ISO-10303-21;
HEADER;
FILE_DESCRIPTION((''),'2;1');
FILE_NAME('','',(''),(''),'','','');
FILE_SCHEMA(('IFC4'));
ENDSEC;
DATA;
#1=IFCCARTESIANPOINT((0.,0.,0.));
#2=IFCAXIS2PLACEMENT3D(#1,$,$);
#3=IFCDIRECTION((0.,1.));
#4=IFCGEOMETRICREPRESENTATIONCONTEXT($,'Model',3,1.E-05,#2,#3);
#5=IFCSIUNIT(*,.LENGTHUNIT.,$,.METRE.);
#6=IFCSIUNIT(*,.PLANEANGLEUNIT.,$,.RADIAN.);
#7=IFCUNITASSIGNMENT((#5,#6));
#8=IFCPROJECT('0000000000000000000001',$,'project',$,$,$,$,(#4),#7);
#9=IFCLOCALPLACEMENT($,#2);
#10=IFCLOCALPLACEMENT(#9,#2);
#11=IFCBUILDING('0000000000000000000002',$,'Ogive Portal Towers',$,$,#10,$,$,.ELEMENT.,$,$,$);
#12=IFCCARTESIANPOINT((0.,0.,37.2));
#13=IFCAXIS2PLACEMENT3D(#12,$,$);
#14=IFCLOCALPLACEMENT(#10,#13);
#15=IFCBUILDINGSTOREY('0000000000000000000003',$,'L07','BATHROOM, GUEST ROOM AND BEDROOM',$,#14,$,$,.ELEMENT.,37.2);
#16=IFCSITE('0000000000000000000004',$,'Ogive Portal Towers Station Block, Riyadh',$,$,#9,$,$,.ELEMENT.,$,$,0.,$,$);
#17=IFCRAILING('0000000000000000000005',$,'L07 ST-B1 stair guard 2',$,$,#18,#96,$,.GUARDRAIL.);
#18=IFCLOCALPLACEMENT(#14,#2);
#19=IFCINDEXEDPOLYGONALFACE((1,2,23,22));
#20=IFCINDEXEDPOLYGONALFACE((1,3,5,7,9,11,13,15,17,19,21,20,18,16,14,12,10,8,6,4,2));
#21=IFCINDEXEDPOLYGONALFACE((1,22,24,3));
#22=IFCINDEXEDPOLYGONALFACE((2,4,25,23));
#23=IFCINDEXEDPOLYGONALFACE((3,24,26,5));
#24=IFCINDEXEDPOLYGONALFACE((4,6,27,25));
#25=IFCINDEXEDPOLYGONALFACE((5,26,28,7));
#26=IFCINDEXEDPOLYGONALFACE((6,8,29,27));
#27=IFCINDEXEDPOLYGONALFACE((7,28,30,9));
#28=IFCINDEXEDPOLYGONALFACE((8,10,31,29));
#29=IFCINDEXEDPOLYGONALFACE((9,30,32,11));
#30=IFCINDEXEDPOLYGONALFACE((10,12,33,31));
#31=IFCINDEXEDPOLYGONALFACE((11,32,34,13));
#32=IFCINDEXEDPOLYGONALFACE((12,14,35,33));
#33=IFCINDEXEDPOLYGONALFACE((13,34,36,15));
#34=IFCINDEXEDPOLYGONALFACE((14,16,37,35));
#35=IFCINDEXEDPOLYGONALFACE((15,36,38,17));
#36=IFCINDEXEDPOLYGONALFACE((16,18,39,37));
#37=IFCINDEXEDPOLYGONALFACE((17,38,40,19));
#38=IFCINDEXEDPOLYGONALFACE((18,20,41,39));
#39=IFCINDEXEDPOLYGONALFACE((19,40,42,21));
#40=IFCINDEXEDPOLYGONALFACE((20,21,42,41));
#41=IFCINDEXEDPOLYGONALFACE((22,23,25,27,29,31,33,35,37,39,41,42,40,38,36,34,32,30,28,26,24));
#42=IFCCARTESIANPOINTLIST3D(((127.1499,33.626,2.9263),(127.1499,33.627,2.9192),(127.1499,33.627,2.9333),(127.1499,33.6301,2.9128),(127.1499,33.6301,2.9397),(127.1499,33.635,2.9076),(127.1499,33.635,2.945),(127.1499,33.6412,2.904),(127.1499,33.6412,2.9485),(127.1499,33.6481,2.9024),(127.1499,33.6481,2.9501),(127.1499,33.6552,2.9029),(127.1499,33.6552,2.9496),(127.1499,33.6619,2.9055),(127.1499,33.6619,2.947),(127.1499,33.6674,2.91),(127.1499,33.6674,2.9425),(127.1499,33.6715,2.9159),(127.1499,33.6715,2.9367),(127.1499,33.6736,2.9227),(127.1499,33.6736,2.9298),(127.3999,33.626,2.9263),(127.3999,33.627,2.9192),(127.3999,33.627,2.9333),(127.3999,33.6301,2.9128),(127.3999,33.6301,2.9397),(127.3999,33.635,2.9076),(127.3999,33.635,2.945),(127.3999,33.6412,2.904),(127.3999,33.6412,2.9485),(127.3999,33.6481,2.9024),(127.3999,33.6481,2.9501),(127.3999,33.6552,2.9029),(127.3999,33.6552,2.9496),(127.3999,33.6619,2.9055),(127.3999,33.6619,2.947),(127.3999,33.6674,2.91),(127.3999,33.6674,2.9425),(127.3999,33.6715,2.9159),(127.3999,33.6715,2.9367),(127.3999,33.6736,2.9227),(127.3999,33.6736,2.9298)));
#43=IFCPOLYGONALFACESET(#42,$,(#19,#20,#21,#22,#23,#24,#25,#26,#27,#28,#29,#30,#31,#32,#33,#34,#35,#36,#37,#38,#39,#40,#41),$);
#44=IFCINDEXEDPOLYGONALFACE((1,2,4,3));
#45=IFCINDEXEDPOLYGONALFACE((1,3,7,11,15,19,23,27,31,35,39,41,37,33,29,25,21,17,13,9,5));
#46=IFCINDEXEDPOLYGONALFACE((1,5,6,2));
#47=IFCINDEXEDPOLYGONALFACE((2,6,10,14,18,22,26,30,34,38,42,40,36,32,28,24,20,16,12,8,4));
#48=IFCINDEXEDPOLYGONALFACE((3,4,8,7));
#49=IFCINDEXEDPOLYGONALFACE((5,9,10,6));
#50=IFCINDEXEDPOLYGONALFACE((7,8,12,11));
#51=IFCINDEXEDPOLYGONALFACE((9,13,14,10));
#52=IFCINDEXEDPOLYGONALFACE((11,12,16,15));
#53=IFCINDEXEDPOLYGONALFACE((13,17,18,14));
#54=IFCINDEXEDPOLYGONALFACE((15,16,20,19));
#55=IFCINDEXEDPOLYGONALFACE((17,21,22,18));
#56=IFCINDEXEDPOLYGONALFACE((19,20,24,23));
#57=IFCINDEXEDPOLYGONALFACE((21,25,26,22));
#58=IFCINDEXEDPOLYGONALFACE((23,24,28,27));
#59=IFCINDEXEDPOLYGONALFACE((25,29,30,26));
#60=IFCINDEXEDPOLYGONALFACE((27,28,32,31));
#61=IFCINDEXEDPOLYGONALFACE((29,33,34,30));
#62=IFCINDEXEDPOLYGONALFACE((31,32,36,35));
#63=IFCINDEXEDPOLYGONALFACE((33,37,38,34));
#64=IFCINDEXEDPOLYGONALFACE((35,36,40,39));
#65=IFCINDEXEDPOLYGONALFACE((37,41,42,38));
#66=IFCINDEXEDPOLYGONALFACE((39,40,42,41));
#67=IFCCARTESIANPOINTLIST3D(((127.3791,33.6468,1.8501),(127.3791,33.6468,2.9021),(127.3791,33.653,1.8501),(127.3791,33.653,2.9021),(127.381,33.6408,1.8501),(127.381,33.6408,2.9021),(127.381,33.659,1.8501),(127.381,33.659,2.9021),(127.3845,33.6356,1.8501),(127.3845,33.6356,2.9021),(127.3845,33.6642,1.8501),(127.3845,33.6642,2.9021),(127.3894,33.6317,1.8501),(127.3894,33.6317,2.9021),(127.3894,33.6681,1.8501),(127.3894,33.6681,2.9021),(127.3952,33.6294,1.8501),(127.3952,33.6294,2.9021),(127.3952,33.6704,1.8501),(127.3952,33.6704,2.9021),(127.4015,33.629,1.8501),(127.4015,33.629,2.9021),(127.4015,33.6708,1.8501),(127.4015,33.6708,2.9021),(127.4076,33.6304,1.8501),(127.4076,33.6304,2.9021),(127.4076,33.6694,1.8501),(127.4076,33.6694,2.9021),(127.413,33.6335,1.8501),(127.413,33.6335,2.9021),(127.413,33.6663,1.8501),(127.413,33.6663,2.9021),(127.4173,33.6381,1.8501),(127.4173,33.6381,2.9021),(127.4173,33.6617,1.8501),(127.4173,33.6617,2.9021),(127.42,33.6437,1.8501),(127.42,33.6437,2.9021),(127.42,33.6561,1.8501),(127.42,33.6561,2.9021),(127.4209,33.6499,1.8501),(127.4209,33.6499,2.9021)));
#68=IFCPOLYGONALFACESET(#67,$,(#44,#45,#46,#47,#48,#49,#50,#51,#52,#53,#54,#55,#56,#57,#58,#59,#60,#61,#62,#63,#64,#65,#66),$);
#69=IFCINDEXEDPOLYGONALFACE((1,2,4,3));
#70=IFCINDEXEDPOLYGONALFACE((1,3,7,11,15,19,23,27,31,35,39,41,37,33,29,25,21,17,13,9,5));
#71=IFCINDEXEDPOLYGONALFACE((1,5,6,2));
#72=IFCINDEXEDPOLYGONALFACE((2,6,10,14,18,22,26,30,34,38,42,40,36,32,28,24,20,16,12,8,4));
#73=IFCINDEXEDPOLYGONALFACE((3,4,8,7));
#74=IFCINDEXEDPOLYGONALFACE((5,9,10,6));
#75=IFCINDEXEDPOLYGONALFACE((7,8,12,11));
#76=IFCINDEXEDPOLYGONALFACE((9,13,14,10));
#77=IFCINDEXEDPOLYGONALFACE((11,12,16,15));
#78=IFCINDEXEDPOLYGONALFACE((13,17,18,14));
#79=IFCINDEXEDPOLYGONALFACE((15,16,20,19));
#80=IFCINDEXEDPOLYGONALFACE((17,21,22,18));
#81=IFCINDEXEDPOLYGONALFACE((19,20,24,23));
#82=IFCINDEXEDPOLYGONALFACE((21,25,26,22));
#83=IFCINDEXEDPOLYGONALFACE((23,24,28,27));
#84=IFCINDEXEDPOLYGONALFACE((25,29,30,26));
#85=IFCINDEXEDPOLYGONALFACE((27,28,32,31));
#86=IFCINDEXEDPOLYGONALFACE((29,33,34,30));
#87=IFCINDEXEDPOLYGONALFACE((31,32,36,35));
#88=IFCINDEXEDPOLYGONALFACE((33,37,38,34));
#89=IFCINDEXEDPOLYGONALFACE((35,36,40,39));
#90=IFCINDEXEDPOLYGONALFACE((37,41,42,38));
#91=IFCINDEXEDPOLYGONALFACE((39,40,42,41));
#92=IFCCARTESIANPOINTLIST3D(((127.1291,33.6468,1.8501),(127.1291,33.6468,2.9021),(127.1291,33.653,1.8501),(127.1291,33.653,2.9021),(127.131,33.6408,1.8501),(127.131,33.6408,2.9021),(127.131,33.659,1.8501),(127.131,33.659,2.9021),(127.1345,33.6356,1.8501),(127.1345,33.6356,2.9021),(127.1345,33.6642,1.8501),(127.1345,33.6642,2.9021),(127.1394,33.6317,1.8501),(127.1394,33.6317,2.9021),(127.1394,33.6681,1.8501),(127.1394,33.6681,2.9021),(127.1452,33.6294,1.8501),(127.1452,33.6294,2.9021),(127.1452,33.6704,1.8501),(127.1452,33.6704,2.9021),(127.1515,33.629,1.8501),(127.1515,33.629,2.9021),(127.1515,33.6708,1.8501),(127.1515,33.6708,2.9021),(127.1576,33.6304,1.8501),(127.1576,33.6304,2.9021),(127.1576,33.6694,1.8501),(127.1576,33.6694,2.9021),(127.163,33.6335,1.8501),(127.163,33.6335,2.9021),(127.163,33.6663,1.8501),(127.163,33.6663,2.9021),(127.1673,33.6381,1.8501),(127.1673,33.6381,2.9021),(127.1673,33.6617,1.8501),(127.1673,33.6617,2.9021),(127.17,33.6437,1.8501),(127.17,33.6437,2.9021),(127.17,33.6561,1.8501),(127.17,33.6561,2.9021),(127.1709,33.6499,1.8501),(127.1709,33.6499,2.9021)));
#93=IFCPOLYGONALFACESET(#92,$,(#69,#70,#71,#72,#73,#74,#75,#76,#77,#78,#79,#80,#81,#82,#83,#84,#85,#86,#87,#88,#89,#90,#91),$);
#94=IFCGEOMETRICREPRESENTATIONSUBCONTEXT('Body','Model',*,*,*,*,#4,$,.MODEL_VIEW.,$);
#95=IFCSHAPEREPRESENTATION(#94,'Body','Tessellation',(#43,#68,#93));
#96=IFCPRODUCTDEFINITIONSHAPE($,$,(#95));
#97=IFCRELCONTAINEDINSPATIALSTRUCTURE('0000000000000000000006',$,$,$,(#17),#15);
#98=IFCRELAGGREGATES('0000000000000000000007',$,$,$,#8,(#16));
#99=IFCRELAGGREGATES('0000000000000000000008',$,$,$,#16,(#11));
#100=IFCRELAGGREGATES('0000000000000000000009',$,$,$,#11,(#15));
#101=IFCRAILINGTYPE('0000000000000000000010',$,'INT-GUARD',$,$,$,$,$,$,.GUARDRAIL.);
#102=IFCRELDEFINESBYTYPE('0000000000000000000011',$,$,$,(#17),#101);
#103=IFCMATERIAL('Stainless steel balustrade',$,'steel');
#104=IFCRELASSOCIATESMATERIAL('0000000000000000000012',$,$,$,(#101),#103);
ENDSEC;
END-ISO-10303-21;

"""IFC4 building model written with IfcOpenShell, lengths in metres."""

from ifc_helpers import new_model, si_unit, direction, frame, origin, origin_2d, place, context, subcontext, project, spatial, circle, extrude, material, type_object, element, save


model = new_model("IFC4")

# Units and contexts
model_context = context("Model", 3, precision=1e-05, world=origin(), true_north=direction((0.0, 1.0)))
body_context = subcontext(model_context, "Body", "Model", "MODEL_VIEW")
ifc_project = project(units=[si_unit("LENGTHUNIT", "METRE"), si_unit("PLANEANGLEUNIT", "RADIAN")], contexts=[model_context])

# Site, building, storey
site_placement = place(None, origin())
site = spatial("IfcSite", under=ifc_project, at=site_placement, Name="Ogive Portal Towers Station Block, Riyadh", CompositionType="ELEMENT", RefElevation=0.0)
building_placement = place(site_placement, origin())
building = spatial("IfcBuilding", under=site, at=building_placement, Name="Ogive Portal Towers", CompositionType="ELEMENT")
storey_placement = place(building_placement, frame((0.0, 0.0, 37.2)))
storey = spatial("IfcBuildingStorey", under=building, at=storey_placement, Name="L07", Description="BATHROOM, GUEST ROOM AND BEDROOM", CompositionType="ELEMENT", Elevation=37.2)

# Railing
ifc_material_1 = material(Name="Stainless steel balustrade", Category="steel")
railing_type_1 = type_object("IfcRailingType", Name="INT-GUARD", PredefinedType="GUARDRAIL", material=ifc_material_1)
railing_1_placement = place(storey_placement, frame((127.3999, 33.6499, 1.8501)))
element("IfcRailing", 1, at=railing_1_placement, inside=storey, type_object=railing_type_1, Name="L07 ST-B1 stair guard 2", PredefinedType="GUARDRAIL", context=body_context, shape_type="SweptSolid", body=[
    extrude(circle(Radius=0.0239, at=origin_2d()), frame((0.0, 0.0, 1.0762), z_axis=(-1.0, 0.0, 0.0), x_axis=(0.0, -1.0, 0.0)), (0.0, 0.0, 1.0), 0.25),
    extrude(circle(Radius=0.021, at=origin_2d()), origin(), (0.0, 0.0, 1.0), 1.052),
    extrude(circle(Radius=0.021, at=origin_2d()), frame((-0.25, 0.0, 0.0)), (0.0, 0.0, 1.0), 1.052),
])

save(model, "model.ifc")
